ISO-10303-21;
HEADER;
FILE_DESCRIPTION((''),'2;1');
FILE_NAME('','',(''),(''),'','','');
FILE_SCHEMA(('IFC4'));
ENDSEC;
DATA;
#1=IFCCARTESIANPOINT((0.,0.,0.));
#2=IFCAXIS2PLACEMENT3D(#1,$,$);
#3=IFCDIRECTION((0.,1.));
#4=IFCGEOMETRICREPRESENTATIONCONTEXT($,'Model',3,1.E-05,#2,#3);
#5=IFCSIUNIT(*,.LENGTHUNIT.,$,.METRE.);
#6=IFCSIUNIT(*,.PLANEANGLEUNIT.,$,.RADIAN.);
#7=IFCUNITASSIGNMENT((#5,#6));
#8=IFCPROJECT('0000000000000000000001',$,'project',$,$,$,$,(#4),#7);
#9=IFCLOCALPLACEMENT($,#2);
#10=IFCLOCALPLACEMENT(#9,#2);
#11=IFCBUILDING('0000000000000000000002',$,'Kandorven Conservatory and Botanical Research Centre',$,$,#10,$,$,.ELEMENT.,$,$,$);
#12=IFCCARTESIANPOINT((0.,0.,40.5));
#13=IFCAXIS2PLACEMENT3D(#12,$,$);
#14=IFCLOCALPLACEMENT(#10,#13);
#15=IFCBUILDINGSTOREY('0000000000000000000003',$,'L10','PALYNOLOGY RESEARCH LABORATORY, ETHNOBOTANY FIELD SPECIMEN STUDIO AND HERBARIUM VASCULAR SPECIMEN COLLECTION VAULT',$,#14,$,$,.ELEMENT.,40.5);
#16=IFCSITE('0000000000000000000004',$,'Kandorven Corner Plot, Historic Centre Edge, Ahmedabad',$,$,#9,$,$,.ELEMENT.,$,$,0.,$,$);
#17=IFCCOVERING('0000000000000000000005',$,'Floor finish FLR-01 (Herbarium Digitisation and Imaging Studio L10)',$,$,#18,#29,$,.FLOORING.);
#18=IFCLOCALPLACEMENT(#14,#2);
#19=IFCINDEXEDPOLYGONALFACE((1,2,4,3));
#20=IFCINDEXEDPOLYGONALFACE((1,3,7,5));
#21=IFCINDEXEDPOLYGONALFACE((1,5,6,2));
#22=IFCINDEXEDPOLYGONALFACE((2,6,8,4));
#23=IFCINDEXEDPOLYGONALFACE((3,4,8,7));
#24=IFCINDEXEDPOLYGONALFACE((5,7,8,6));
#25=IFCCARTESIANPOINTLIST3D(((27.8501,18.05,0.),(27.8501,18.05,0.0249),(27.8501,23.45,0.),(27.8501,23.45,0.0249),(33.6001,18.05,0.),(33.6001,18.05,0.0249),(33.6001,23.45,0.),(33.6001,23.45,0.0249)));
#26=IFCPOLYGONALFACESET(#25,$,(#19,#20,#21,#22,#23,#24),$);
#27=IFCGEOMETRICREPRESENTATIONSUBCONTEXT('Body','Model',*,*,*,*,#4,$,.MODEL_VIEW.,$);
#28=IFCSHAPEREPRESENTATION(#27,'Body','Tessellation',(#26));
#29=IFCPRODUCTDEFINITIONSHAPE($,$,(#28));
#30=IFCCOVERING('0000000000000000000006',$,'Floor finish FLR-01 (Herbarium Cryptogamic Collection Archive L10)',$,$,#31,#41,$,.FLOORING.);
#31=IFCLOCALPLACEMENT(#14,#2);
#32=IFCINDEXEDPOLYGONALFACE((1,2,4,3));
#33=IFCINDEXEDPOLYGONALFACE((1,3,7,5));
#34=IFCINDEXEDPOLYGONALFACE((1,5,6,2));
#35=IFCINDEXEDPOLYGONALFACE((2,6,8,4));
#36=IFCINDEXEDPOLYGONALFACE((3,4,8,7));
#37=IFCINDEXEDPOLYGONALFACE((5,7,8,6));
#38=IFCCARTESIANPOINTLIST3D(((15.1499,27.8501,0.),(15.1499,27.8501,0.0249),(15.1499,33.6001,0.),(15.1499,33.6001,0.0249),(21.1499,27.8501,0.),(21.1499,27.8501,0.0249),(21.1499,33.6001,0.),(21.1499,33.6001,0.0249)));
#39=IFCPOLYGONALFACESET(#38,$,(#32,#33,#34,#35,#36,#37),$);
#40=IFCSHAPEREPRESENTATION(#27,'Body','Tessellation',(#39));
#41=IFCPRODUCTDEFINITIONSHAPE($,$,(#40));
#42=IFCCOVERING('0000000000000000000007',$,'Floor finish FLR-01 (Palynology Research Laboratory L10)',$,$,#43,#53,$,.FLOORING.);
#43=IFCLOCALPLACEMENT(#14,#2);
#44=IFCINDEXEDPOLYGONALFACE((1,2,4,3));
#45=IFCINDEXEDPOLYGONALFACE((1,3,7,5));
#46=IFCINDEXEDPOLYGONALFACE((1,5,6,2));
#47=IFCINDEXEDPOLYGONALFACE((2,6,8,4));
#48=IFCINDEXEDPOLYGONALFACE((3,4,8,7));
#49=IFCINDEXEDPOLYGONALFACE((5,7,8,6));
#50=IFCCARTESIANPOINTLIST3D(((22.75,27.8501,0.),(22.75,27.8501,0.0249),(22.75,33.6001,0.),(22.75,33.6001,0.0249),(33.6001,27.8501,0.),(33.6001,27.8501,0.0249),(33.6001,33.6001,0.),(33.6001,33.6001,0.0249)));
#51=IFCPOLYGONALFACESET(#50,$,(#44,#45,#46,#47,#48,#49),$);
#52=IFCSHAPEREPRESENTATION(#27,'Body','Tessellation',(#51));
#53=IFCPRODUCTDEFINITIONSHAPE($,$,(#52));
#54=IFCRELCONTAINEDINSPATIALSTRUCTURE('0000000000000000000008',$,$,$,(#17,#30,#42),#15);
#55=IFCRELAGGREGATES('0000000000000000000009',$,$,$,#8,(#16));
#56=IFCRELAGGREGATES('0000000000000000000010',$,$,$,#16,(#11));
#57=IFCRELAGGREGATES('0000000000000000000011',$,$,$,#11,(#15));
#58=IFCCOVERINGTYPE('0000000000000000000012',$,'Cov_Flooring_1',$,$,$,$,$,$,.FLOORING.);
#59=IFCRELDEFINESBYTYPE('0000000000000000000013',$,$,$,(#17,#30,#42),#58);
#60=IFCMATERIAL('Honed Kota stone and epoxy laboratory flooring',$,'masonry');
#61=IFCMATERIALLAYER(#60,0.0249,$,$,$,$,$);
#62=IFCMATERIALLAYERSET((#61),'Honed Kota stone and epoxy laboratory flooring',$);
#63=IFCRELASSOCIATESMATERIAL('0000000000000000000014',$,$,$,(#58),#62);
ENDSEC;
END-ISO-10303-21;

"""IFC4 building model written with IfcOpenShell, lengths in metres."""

from ifc_helpers import new_model, si_unit, direction, frame, origin, place, context, subcontext, project, spatial, polyline, outline, extrude, material, layer, layer_set, type_object, element, save


model = new_model("IFC4")

# Units and contexts
model_context = context("Model", 3, precision=1e-05, world=origin(), true_north=direction((0.0, 1.0)))
body_context = subcontext(model_context, "Body", "Model", "MODEL_VIEW")
ifc_project = project(units=[si_unit("LENGTHUNIT", "METRE"), si_unit("PLANEANGLEUNIT", "RADIAN")], contexts=[model_context])

# Site, building, storey
site_placement = place(None, origin())
site = spatial("IfcSite", under=ifc_project, at=site_placement, Name="Kandorven Corner Plot, Historic Centre Edge, Ahmedabad", CompositionType="ELEMENT", RefElevation=0.0)
building_placement = place(site_placement, origin())
building = spatial("IfcBuilding", under=site, at=building_placement, Name="Kandorven Conservatory and Botanical Research Centre", CompositionType="ELEMENT")
storey_placement = place(building_placement, frame((0.0, 0.0, 40.5)))
storey = spatial("IfcBuildingStorey", under=building, at=storey_placement, Name="L10", Description="PALYNOLOGY RESEARCH LABORATORY, ETHNOBOTANY FIELD SPECIMEN STUDIO AND HERBARIUM VASCULAR SPECIMEN COLLECTION VAULT", CompositionType="ELEMENT", Elevation=40.5)

# Coverings
ifc_material_1 = material(Name="Honed Kota stone and epoxy laboratory flooring", Category="masonry")
ifc_layer_1 = layer(ifc_material_1, 0.0249)
ifc_layer_set_1 = layer_set([ifc_layer_1], Name="Honed Kota stone and epoxy laboratory flooring")
covering_type_1 = type_object("IfcCoveringType", Name="Cov_Flooring_1", PredefinedType="FLOORING", material=ifc_layer_set_1)
covering_1_placement = place(storey_placement, origin())
element("IfcCovering", 1, at=covering_1_placement, inside=storey, type_object=covering_type_1, Name="Floor finish FLR-01 (Herbarium Digitisation and Imaging Studio L10)", PredefinedType="FLOORING", context=body_context, shape_type="SweptSolid", body=[
    extrude(outline(polyline([(27.8501, 18.05), (33.6001, 18.05), (33.6001, 23.45), (27.8501, 23.45), (27.8501, 18.05)])), origin(), (0.0, 0.0, 1.0), 0.0249),
])
covering_2_placement = place(storey_placement, origin())
element("IfcCovering", 2, at=covering_2_placement, inside=storey, type_object=covering_type_1, Name="Floor finish FLR-01 (Herbarium Cryptogamic Collection Archive L10)", PredefinedType="FLOORING", context=body_context, shape_type="SweptSolid", body=[
    extrude(outline(polyline([(15.1499, 27.8501), (21.1499, 27.8501), (21.1499, 33.6001), (15.1499, 33.6001), (15.1499, 27.8501)])), origin(), (0.0, 0.0, 1.0), 0.0249),
])
covering_3_placement = place(storey_placement, origin())
element("IfcCovering", 3, at=covering_3_placement, inside=storey, type_object=covering_type_1, Name="Floor finish FLR-01 (Palynology Research Laboratory L10)", PredefinedType="FLOORING", context=body_context, shape_type="SweptSolid", body=[
    extrude(outline(polyline([(22.75, 27.8501), (33.6001, 27.8501), (33.6001, 33.6001), (22.75, 33.6001), (22.75, 27.8501)])), origin(), (0.0, 0.0, 1.0), 0.0249),
])

save(model, "model.ifc")
